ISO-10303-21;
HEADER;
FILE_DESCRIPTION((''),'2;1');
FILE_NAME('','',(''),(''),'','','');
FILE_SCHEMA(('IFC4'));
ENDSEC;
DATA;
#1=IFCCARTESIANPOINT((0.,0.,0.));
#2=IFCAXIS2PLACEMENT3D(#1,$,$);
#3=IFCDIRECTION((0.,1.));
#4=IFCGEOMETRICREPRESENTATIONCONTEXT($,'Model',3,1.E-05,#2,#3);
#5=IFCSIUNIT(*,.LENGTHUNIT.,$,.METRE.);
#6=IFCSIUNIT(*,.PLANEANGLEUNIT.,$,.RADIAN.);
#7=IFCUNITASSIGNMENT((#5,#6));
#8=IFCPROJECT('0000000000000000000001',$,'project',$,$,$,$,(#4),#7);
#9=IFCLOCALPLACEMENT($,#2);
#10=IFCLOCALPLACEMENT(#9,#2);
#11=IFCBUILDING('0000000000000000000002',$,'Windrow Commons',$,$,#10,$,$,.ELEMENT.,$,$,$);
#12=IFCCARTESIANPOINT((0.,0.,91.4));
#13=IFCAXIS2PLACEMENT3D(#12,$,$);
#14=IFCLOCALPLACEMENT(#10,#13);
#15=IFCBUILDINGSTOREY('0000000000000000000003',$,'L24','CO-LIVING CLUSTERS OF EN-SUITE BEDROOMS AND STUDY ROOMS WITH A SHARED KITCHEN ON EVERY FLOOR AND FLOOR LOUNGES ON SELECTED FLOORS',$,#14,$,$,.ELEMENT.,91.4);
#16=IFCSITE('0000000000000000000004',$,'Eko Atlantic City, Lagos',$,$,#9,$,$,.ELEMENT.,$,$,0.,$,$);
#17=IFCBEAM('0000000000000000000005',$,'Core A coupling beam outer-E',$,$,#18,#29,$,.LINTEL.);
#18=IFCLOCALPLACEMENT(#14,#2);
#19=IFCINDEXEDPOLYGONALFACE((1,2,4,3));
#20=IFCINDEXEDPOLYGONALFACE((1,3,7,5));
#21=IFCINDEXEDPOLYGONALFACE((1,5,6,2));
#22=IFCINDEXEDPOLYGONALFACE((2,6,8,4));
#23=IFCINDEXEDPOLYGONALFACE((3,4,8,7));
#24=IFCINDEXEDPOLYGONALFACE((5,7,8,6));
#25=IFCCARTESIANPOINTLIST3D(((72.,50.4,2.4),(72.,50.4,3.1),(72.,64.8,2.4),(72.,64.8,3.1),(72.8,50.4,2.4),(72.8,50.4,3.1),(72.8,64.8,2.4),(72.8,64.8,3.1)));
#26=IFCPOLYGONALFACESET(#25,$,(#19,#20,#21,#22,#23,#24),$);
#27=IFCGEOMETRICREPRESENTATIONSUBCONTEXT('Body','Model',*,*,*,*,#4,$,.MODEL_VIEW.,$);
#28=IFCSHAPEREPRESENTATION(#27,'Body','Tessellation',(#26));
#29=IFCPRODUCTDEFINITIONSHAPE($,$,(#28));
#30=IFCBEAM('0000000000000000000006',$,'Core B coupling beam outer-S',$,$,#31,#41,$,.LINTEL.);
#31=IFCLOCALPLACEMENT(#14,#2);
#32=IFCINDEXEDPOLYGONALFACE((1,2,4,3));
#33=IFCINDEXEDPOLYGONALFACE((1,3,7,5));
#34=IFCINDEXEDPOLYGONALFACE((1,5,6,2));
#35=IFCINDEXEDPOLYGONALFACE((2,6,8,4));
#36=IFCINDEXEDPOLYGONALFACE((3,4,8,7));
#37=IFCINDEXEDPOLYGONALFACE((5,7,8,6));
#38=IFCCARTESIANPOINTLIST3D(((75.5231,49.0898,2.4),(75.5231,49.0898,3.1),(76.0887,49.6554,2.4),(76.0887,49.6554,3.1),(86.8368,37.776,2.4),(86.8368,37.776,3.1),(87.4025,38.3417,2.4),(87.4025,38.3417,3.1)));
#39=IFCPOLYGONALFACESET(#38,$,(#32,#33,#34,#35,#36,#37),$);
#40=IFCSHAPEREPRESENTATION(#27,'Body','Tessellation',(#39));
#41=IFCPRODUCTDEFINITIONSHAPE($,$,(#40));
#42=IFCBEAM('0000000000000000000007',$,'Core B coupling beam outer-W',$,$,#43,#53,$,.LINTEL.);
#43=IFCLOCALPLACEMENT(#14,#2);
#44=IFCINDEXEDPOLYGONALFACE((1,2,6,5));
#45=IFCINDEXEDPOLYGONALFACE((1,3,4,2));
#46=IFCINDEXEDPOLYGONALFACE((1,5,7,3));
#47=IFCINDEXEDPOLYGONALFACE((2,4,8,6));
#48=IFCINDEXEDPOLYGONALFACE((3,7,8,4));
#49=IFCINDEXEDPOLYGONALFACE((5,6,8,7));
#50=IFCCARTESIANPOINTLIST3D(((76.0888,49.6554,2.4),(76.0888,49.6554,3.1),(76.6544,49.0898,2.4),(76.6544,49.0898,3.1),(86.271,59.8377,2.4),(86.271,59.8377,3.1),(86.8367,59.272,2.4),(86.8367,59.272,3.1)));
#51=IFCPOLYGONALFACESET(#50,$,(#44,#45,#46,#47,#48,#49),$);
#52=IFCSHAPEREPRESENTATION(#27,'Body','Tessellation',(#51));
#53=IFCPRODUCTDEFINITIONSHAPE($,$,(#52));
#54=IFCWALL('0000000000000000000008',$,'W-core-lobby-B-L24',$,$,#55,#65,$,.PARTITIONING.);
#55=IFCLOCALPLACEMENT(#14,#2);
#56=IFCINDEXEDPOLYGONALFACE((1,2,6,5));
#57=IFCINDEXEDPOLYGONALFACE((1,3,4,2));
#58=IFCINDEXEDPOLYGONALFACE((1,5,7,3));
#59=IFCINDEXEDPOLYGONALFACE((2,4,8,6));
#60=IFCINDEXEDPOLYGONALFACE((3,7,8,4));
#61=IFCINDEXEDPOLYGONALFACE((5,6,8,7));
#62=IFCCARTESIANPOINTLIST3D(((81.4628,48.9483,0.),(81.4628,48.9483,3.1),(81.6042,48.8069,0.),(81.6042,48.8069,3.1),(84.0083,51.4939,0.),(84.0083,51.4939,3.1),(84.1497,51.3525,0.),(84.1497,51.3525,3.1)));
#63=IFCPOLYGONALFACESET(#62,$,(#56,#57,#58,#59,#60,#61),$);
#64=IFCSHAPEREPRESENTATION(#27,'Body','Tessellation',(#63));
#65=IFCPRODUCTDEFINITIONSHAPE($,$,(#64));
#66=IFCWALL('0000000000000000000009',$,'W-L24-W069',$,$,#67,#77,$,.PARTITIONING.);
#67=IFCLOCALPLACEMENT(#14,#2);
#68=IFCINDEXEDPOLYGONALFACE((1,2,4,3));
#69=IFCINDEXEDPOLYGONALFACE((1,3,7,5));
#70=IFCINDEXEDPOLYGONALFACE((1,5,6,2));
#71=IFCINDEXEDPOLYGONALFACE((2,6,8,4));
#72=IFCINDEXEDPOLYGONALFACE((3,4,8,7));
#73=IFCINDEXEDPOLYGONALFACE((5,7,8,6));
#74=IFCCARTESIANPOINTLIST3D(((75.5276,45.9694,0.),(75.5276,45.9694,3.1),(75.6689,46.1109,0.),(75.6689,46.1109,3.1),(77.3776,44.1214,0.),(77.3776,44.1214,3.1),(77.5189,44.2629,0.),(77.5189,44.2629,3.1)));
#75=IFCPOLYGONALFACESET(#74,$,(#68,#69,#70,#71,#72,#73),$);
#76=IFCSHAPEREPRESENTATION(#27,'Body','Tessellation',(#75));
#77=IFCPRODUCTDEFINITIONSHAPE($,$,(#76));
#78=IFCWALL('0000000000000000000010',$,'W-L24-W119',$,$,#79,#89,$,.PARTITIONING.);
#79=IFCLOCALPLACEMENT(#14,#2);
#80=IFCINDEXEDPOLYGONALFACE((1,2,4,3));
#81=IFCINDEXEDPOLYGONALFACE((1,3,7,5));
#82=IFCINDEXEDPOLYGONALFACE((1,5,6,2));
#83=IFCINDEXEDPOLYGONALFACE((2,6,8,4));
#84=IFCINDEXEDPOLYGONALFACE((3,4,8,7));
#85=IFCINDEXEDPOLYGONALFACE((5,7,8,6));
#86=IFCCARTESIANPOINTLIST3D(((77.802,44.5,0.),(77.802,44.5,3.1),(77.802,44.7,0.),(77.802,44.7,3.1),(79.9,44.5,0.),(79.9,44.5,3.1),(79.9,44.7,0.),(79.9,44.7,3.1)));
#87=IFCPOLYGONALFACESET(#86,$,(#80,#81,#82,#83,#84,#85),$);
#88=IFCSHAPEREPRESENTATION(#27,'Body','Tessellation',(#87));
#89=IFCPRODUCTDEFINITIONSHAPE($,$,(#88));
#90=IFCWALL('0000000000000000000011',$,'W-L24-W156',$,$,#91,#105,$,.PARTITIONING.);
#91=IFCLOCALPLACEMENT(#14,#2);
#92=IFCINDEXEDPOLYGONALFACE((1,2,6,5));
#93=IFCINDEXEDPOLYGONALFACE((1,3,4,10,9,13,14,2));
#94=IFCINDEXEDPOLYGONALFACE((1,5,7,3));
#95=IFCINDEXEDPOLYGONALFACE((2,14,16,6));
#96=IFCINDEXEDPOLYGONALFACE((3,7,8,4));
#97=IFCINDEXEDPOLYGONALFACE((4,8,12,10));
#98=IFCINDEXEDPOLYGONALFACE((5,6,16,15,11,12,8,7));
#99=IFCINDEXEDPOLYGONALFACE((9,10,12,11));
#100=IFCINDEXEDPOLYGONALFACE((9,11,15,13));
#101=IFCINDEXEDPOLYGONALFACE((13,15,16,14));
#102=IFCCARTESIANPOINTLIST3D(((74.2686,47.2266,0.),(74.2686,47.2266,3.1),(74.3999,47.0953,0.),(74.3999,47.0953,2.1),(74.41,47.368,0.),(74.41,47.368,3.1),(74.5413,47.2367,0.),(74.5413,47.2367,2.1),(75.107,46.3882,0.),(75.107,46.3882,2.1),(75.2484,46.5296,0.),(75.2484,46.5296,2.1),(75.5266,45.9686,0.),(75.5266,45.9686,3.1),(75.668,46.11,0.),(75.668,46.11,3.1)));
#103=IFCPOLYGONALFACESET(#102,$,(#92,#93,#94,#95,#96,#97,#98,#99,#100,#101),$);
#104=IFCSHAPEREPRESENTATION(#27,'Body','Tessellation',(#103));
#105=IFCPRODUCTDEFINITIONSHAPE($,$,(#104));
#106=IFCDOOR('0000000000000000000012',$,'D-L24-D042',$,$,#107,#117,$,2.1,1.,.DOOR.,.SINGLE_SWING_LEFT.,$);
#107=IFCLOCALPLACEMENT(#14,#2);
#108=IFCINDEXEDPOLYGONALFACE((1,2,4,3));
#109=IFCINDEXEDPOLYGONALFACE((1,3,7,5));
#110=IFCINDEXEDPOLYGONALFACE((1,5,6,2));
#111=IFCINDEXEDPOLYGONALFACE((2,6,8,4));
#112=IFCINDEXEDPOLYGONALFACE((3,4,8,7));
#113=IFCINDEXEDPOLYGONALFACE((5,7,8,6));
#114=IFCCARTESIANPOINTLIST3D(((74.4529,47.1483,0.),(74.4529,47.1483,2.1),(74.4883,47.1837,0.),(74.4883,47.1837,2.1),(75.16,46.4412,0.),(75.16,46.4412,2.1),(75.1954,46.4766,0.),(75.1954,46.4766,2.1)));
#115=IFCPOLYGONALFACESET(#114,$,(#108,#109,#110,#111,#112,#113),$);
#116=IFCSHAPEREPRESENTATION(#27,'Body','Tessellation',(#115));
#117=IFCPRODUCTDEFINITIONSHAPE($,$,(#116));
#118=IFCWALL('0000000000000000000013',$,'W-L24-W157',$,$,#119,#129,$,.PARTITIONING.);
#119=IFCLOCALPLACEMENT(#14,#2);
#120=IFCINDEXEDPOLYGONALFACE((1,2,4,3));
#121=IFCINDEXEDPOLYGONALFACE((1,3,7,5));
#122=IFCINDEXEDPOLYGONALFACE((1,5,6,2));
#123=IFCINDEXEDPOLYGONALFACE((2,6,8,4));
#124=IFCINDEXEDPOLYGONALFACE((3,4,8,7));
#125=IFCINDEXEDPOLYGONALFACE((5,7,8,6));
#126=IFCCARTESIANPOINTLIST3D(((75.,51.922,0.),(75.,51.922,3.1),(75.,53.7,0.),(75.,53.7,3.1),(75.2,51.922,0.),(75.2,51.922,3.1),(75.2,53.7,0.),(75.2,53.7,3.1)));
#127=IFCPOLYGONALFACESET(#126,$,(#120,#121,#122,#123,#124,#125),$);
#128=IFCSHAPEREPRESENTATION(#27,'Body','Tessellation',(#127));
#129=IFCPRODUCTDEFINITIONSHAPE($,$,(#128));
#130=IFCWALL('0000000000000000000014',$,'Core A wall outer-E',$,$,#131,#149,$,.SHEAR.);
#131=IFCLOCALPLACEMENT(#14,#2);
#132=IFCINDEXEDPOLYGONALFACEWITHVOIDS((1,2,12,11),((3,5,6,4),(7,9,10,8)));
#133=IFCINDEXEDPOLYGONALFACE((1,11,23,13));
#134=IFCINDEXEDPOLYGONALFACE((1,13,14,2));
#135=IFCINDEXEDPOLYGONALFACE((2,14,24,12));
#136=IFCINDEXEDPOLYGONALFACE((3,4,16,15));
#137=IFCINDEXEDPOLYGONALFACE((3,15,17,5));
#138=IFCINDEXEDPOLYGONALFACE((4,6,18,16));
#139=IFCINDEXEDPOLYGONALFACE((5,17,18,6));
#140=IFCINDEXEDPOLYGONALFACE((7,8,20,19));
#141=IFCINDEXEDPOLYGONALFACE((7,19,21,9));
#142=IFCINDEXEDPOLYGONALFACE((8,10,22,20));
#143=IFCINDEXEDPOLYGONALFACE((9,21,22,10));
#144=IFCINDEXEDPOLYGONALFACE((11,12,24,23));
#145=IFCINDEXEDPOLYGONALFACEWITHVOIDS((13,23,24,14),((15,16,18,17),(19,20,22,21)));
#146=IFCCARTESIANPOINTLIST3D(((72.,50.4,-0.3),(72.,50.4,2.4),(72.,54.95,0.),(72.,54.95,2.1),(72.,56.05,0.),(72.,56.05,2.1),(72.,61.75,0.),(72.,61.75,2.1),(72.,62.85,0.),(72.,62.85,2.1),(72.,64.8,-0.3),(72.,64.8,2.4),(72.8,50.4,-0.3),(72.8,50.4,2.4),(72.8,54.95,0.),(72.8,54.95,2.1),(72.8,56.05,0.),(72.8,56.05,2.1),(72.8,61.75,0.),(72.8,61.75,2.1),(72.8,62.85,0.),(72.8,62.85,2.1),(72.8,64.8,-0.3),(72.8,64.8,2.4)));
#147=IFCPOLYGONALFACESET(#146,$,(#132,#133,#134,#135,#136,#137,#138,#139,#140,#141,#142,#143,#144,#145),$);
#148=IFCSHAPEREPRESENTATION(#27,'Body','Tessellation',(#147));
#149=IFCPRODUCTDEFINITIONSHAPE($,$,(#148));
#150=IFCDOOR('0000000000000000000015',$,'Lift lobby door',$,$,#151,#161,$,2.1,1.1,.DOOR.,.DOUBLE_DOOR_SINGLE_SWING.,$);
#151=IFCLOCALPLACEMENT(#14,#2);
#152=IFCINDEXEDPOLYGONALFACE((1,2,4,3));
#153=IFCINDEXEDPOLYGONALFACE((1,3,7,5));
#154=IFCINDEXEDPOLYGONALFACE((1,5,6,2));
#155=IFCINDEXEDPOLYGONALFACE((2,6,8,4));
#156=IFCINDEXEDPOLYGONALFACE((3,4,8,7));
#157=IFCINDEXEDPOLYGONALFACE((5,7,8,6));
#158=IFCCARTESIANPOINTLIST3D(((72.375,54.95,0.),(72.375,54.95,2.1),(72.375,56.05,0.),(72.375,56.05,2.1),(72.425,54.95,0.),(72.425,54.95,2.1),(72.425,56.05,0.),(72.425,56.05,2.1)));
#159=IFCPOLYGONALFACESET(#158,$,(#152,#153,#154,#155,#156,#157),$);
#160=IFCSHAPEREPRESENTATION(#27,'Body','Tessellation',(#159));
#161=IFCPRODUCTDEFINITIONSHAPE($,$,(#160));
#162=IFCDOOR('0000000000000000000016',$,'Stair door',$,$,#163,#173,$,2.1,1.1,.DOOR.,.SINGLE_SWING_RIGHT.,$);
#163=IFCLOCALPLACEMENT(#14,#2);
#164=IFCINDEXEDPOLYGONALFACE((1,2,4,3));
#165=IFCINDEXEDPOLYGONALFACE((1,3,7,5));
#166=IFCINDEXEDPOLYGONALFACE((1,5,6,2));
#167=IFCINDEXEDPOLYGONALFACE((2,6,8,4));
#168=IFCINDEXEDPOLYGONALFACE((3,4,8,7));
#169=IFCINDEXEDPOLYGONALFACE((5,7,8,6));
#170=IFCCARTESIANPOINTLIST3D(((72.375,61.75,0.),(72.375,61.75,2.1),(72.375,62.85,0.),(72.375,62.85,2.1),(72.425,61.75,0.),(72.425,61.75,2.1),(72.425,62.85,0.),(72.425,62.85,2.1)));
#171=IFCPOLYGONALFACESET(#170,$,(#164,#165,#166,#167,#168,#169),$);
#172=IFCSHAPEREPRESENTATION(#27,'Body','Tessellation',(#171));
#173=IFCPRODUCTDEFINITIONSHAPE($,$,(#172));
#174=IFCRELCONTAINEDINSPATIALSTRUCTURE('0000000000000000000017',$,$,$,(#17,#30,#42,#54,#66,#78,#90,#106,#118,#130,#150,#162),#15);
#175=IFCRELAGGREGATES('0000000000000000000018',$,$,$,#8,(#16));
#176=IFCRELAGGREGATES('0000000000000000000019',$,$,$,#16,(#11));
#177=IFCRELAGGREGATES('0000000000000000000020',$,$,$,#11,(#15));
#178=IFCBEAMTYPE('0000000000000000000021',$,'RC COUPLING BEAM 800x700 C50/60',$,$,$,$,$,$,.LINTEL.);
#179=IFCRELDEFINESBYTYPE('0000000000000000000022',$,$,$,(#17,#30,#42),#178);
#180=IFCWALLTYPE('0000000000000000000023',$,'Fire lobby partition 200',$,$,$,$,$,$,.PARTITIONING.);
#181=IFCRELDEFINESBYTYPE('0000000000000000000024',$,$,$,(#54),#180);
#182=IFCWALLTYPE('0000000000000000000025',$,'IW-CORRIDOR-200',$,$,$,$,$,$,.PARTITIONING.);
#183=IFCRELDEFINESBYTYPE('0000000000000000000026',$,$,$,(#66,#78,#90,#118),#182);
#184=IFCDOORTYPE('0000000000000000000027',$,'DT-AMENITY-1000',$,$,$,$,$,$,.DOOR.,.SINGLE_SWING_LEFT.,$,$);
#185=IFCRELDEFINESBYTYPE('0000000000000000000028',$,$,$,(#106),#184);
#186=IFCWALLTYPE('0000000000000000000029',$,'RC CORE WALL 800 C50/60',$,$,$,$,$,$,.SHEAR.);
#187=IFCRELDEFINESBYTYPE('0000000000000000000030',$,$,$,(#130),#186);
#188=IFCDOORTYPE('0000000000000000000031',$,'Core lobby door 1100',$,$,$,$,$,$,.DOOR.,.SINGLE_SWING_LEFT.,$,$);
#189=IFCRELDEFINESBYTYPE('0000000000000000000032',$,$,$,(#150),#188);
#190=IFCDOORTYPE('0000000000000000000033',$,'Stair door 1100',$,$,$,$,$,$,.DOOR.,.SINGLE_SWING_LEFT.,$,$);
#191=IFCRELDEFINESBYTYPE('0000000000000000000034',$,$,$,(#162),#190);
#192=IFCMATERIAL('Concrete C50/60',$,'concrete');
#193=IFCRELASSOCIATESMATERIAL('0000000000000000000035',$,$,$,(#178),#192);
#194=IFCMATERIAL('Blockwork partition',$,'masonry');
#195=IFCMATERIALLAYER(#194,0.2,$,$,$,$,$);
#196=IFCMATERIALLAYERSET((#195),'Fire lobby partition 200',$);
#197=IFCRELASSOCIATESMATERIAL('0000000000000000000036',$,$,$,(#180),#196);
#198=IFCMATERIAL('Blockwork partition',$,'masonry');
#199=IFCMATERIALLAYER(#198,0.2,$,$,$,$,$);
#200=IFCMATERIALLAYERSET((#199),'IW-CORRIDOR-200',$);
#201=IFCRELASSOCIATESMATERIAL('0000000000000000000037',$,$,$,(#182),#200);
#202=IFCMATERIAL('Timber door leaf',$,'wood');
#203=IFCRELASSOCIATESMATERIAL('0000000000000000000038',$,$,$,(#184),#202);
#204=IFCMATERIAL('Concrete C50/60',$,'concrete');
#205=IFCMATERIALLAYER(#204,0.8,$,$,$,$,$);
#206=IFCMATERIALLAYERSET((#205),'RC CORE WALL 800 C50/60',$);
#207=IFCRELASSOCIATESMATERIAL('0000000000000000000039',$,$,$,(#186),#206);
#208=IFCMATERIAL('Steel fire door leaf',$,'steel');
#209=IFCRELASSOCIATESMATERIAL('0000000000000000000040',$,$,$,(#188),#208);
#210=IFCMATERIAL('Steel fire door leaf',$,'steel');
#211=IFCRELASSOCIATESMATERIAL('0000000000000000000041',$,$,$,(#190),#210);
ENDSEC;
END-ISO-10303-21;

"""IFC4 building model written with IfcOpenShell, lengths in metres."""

from ifc_helpers import new_model, si_unit, direction, frame, frame_2d, origin, origin_2d, place, context, subcontext, project, spatial, rectangle, extrude, material, layer, layer_set, material_profile, profile_set, type_object, element, fill, save


model = new_model("IFC4")

# Units and contexts
model_context = context("Model", 3, precision=1e-05, world=origin(), true_north=direction((0.0, 1.0)))
body_context = subcontext(model_context, "Body", "Model", "MODEL_VIEW")
ifc_project = project(units=[si_unit("LENGTHUNIT", "METRE"), si_unit("PLANEANGLEUNIT", "RADIAN")], contexts=[model_context])

# Site, building, storey
site_placement = place(None, origin())
site = spatial("IfcSite", under=ifc_project, at=site_placement, Name="Eko Atlantic City, Lagos", CompositionType="ELEMENT", RefElevation=0.0)
building_placement = place(site_placement, origin())
building = spatial("IfcBuilding", under=site, at=building_placement, Name="Windrow Commons", CompositionType="ELEMENT")
storey_placement = place(building_placement, frame((0.0, 0.0, 91.4)))
storey = spatial("IfcBuildingStorey", under=building, at=storey_placement, Name="L24", Description="CO-LIVING CLUSTERS OF EN-SUITE BEDROOMS AND STUDY ROOMS WITH A SHARED KITCHEN ON EVERY FLOOR AND FLOOR LOUNGES ON SELECTED FLOORS", CompositionType="ELEMENT", Elevation=91.4)

# Beams
ifc_material_1 = material(Name="Concrete C50/60", Category="concrete")
ifc_material_profile = material_profile(ifc_material_1, rectangle(XDim=0.8, YDim=0.7, at=origin_2d()))
ifc_profile_set = profile_set([ifc_material_profile], Name="Concrete C50/60")
beam_type = type_object("IfcBeamType", Name="RC COUPLING BEAM 800x700 C50/60", PredefinedType="LINTEL", material=ifc_profile_set)
beam_1_placement = place(storey_placement, frame((72.4, 50.4, 2.75), z_axis=(0.0, 1.0, 0.0), x_axis=(-1.0, 0.0, 0.0)))
element("IfcBeam", 1, at=beam_1_placement, inside=storey, type_object=beam_type, Name="Core A coupling beam outer-E", PredefinedType="LINTEL", context=body_context, shape_type="SweptSolid", body=[
    extrude(rectangle(XDim=0.8, YDim=0.7, at=origin_2d()), origin(), (0.0, 0.0, 1.0), 14.4),
])
beam_2_placement = place(storey_placement, frame((75.8059, 49.3726, 2.75), z_axis=(0.707107, -0.707107, 0.0), x_axis=(0.707107, 0.707107, 0.0)))
element("IfcBeam", 2, at=beam_2_placement, inside=storey, type_object=beam_type, Name="Core B coupling beam outer-S", PredefinedType="LINTEL", context=body_context, shape_type="SweptSolid", body=[
    extrude(rectangle(XDim=0.8, YDim=0.7, at=origin_2d()), origin(), (0.0, 0.0, 1.0), 16.0),
])
beam_3_placement = place(storey_placement, frame((76.3716, 49.3726, 2.75), z_axis=(0.707107, 0.707107, 0.0), x_axis=(-0.707107, 0.707107, 0.0)))
element("IfcBeam", 3, at=beam_3_placement, inside=storey, type_object=beam_type, Name="Core B coupling beam outer-W", PredefinedType="LINTEL", context=body_context, shape_type="SweptSolid", body=[
    extrude(rectangle(XDim=0.8, YDim=0.7, at=origin_2d()), origin(), (0.0, 0.0, 1.0), 14.3999),
])

# Walls
ifc_material_2 = material(Name="Blockwork partition", Category="masonry")
ifc_layer_1 = layer(ifc_material_2, 0.2)
ifc_layer_set_1 = layer_set([ifc_layer_1], Name="Fire lobby partition 200")
wall_type_1 = type_object("IfcWallType", Name="Fire lobby partition 200", PredefinedType="PARTITIONING", material=ifc_layer_set_1)
wall_1_placement = place(storey_placement, frame((81.5335, 48.8776, 0.0), z_axis=(0.0, 0.0, 1.0), x_axis=(0.707093, 0.707121, 0.0)))
element("IfcWall", 4, at=wall_1_placement, inside=storey, type_object=wall_type_1, Name="W-core-lobby-B-L24", PredefinedType="PARTITIONING", context=body_context, shape_type="SweptSolid", body=[
    extrude(rectangle(XDim=3.6, YDim=0.2, at=frame_2d((1.8, 0.0))), origin(), (0.0, 0.0, 1.0), 3.1),
])
ifc_material_3 = material(Name="Blockwork partition", Category="masonry")
ifc_layer_2 = layer(ifc_material_3, 0.2)
ifc_layer_set_2 = layer_set([ifc_layer_2], Name="IW-CORRIDOR-200")
wall_type_2 = type_object("IfcWallType", Name="IW-CORRIDOR-200", PredefinedType="PARTITIONING", material=ifc_layer_set_2)
wall_2_placement = place(storey_placement, frame((75.5982, 46.0402, 0.0), z_axis=(0.0, 0.0, 1.0), x_axis=(0.707489, -0.706724, 0.0)))
element("IfcWall", 5, at=wall_2_placement, inside=storey, type_object=wall_type_2, Name="W-L24-W069", PredefinedType="PARTITIONING", context=body_context, shape_type="SweptSolid", body=[
    extrude(rectangle(XDim=2.6149, YDim=0.2, at=frame_2d((1.3075, 0.0))), origin(), (0.0, 0.0, 1.0), 3.1),
])
wall_3_placement = place(storey_placement, frame((77.802, 44.6, 0.0), z_axis=(0.0, 0.0, 1.0), x_axis=(1.0, 0.0, 0.0)))
element("IfcWall", 6, at=wall_3_placement, inside=storey, type_object=wall_type_2, Name="W-L24-W119", PredefinedType="PARTITIONING", context=body_context, shape_type="SweptSolid", body=[
    extrude(rectangle(XDim=2.098, YDim=0.2, at=frame_2d((1.049, 0.0))), origin(), (0.0, 0.0, 1.0), 3.1),
])

# Wall, opening, door
wall_4_placement = place(storey_placement, frame((74.3393, 47.2973, 0.0), z_axis=(0.0, 0.0, 1.0), x_axis=(0.707107, -0.707107, 0.0)))
wall_4 = element("IfcWall", 7, at=wall_4_placement, inside=storey, type_object=wall_type_2, Name="W-L24-W156", PredefinedType="PARTITIONING", context=body_context, shape_type="SweptSolid", body=[
    extrude(rectangle(XDim=1.7791, YDim=0.2, at=frame_2d((0.8895, 0.0))), origin(), (0.0, 0.0, 1.0), 3.1),
])
opening_1_placement = place(wall_4_placement, frame((0.1857, 0.0, 0.0)))
opening_1 = element("IfcOpeningElement", 8, at=opening_1_placement, cuts=wall_4, PredefinedType="OPENING", context=body_context, shape_type="SweptSolid", body=[
    extrude(rectangle(XDim=1.0, YDim=2.1, at=frame_2d((0.5, 1.05))), frame((0.0, 0.11, 0.0), z_axis=(0.0, -1.0, 0.0), x_axis=(1.0, 0.0, 0.0)), (0.0, 0.0, 1.0), 0.22),
])
ifc_material_4 = material(Name="Timber door leaf", Category="wood")
door_type_1 = type_object("IfcDoorType", Name="DT-AMENITY-1000", OperationType="SINGLE_SWING_LEFT", PredefinedType="DOOR", material=ifc_material_4)
door_1_placement = place(opening_1_placement, origin())
door_1 = element("IfcDoor", 9, at=door_1_placement, inside=storey, type_object=door_type_1, Name="D-L24-D042", OperationType="SINGLE_SWING_LEFT", OverallHeight=2.1, OverallWidth=1.0, PredefinedType="DOOR", context=body_context, shape_type="SweptSolid", body=[
    extrude(rectangle(XDim=1.0, YDim=2.1, at=frame_2d((0.5, 1.05))), frame((0.0, 0.025, 0.0), z_axis=(0.0, -1.0, 0.0), x_axis=(1.0, 0.0, 0.0)), (0.0, 0.0, 1.0), 0.05),
])
fill(opening_1, door_1)

# Wall
wall_5_placement = place(storey_placement, frame((75.1, 51.922, 0.0), z_axis=(0.0, 0.0, 1.0), x_axis=(0.0, 1.0, 0.0)))
element("IfcWall", 10, at=wall_5_placement, inside=storey, type_object=wall_type_2, Name="W-L24-W157", PredefinedType="PARTITIONING", context=body_context, shape_type="SweptSolid", body=[
    extrude(rectangle(XDim=1.778, YDim=0.2, at=frame_2d((0.889, 0.0))), origin(), (0.0, 0.0, 1.0), 3.1),
])

# Wall, openings, doors
ifc_material_5 = material(Name="Concrete C50/60", Category="concrete")
ifc_layer_3 = layer(ifc_material_5, 0.8)
ifc_layer_set_3 = layer_set([ifc_layer_3], Name="RC CORE WALL 800 C50/60")
wall_type_3 = type_object("IfcWallType", Name="RC CORE WALL 800 C50/60", PredefinedType="SHEAR", material=ifc_layer_set_3)
wall_6_placement = place(storey_placement, frame((72.4, 50.4, -0.3), z_axis=(0.0, 0.0, 1.0), x_axis=(0.0, 1.0, 0.0)))
wall_6 = element("IfcWall", 11, at=wall_6_placement, inside=storey, type_object=wall_type_3, Name="Core A wall outer-E", PredefinedType="SHEAR", context=body_context, shape_type="SweptSolid", body=[
    extrude(rectangle(XDim=14.4, YDim=0.8, at=frame_2d((7.2, 0.0))), origin(), (0.0, 0.0, 1.0), 2.7),
])
opening_2_placement = place(wall_6_placement, frame((4.55, 0.0, 0.3)))
opening_2 = element("IfcOpeningElement", 12, at=opening_2_placement, cuts=wall_6, PredefinedType="OPENING", context=body_context, shape_type="SweptSolid", body=[
    extrude(rectangle(XDim=1.1, YDim=2.1, at=frame_2d((0.55, 1.05))), frame((0.0, 0.41, 0.0), z_axis=(0.0, -1.0, 0.0), x_axis=(1.0, 0.0, 0.0)), (0.0, 0.0, 1.0), 0.82),
])
opening_3_placement = place(wall_6_placement, frame((11.35, 0.0, 0.3)))
opening_3 = element("IfcOpeningElement", 13, at=opening_3_placement, cuts=wall_6, PredefinedType="OPENING", context=body_context, shape_type="SweptSolid", body=[
    extrude(rectangle(XDim=1.1, YDim=2.1, at=frame_2d((0.55, 1.05))), frame((0.0, 0.41, 0.0), z_axis=(0.0, -1.0, 0.0), x_axis=(1.0, 0.0, 0.0)), (0.0, 0.0, 1.0), 0.82),
])
ifc_material_6 = material(Name="Steel fire door leaf", Category="steel")
door_type_2 = type_object("IfcDoorType", Name="Core lobby door 1100", OperationType="SINGLE_SWING_LEFT", PredefinedType="DOOR", material=ifc_material_6)
door_2_placement = place(opening_2_placement, origin())
door_2 = element("IfcDoor", 14, at=door_2_placement, inside=storey, type_object=door_type_2, Name="Lift lobby door", OperationType="DOUBLE_DOOR_SINGLE_SWING", OverallHeight=2.1, OverallWidth=1.1, PredefinedType="DOOR", context=body_context, shape_type="SweptSolid", body=[
    extrude(rectangle(XDim=1.1, YDim=2.1, at=frame_2d((0.55, 1.05))), frame((0.0, 0.025, 0.0), z_axis=(0.0, -1.0, 0.0), x_axis=(1.0, 0.0, 0.0)), (0.0, 0.0, 1.0), 0.05),
])
fill(opening_2, door_2)
ifc_material_7 = material(Name="Steel fire door leaf", Category="steel")
door_type_3 = type_object("IfcDoorType", Name="Stair door 1100", OperationType="SINGLE_SWING_LEFT", PredefinedType="DOOR", material=ifc_material_7)
door_3_placement = place(opening_3_placement, origin())
door_3 = element("IfcDoor", 15, at=door_3_placement, inside=storey, type_object=door_type_3, Name="Stair door", OperationType="SINGLE_SWING_RIGHT", OverallHeight=2.1, OverallWidth=1.1, PredefinedType="DOOR", context=body_context, shape_type="SweptSolid", body=[
    extrude(rectangle(XDim=1.1, YDim=2.1, at=frame_2d((0.55, 1.05))), frame((0.0, 0.025, 0.0), z_axis=(0.0, -1.0, 0.0), x_axis=(1.0, 0.0, 0.0)), (0.0, 0.0, 1.0), 0.05),
])
fill(opening_3, door_3)

save(model, "model.ifc")
